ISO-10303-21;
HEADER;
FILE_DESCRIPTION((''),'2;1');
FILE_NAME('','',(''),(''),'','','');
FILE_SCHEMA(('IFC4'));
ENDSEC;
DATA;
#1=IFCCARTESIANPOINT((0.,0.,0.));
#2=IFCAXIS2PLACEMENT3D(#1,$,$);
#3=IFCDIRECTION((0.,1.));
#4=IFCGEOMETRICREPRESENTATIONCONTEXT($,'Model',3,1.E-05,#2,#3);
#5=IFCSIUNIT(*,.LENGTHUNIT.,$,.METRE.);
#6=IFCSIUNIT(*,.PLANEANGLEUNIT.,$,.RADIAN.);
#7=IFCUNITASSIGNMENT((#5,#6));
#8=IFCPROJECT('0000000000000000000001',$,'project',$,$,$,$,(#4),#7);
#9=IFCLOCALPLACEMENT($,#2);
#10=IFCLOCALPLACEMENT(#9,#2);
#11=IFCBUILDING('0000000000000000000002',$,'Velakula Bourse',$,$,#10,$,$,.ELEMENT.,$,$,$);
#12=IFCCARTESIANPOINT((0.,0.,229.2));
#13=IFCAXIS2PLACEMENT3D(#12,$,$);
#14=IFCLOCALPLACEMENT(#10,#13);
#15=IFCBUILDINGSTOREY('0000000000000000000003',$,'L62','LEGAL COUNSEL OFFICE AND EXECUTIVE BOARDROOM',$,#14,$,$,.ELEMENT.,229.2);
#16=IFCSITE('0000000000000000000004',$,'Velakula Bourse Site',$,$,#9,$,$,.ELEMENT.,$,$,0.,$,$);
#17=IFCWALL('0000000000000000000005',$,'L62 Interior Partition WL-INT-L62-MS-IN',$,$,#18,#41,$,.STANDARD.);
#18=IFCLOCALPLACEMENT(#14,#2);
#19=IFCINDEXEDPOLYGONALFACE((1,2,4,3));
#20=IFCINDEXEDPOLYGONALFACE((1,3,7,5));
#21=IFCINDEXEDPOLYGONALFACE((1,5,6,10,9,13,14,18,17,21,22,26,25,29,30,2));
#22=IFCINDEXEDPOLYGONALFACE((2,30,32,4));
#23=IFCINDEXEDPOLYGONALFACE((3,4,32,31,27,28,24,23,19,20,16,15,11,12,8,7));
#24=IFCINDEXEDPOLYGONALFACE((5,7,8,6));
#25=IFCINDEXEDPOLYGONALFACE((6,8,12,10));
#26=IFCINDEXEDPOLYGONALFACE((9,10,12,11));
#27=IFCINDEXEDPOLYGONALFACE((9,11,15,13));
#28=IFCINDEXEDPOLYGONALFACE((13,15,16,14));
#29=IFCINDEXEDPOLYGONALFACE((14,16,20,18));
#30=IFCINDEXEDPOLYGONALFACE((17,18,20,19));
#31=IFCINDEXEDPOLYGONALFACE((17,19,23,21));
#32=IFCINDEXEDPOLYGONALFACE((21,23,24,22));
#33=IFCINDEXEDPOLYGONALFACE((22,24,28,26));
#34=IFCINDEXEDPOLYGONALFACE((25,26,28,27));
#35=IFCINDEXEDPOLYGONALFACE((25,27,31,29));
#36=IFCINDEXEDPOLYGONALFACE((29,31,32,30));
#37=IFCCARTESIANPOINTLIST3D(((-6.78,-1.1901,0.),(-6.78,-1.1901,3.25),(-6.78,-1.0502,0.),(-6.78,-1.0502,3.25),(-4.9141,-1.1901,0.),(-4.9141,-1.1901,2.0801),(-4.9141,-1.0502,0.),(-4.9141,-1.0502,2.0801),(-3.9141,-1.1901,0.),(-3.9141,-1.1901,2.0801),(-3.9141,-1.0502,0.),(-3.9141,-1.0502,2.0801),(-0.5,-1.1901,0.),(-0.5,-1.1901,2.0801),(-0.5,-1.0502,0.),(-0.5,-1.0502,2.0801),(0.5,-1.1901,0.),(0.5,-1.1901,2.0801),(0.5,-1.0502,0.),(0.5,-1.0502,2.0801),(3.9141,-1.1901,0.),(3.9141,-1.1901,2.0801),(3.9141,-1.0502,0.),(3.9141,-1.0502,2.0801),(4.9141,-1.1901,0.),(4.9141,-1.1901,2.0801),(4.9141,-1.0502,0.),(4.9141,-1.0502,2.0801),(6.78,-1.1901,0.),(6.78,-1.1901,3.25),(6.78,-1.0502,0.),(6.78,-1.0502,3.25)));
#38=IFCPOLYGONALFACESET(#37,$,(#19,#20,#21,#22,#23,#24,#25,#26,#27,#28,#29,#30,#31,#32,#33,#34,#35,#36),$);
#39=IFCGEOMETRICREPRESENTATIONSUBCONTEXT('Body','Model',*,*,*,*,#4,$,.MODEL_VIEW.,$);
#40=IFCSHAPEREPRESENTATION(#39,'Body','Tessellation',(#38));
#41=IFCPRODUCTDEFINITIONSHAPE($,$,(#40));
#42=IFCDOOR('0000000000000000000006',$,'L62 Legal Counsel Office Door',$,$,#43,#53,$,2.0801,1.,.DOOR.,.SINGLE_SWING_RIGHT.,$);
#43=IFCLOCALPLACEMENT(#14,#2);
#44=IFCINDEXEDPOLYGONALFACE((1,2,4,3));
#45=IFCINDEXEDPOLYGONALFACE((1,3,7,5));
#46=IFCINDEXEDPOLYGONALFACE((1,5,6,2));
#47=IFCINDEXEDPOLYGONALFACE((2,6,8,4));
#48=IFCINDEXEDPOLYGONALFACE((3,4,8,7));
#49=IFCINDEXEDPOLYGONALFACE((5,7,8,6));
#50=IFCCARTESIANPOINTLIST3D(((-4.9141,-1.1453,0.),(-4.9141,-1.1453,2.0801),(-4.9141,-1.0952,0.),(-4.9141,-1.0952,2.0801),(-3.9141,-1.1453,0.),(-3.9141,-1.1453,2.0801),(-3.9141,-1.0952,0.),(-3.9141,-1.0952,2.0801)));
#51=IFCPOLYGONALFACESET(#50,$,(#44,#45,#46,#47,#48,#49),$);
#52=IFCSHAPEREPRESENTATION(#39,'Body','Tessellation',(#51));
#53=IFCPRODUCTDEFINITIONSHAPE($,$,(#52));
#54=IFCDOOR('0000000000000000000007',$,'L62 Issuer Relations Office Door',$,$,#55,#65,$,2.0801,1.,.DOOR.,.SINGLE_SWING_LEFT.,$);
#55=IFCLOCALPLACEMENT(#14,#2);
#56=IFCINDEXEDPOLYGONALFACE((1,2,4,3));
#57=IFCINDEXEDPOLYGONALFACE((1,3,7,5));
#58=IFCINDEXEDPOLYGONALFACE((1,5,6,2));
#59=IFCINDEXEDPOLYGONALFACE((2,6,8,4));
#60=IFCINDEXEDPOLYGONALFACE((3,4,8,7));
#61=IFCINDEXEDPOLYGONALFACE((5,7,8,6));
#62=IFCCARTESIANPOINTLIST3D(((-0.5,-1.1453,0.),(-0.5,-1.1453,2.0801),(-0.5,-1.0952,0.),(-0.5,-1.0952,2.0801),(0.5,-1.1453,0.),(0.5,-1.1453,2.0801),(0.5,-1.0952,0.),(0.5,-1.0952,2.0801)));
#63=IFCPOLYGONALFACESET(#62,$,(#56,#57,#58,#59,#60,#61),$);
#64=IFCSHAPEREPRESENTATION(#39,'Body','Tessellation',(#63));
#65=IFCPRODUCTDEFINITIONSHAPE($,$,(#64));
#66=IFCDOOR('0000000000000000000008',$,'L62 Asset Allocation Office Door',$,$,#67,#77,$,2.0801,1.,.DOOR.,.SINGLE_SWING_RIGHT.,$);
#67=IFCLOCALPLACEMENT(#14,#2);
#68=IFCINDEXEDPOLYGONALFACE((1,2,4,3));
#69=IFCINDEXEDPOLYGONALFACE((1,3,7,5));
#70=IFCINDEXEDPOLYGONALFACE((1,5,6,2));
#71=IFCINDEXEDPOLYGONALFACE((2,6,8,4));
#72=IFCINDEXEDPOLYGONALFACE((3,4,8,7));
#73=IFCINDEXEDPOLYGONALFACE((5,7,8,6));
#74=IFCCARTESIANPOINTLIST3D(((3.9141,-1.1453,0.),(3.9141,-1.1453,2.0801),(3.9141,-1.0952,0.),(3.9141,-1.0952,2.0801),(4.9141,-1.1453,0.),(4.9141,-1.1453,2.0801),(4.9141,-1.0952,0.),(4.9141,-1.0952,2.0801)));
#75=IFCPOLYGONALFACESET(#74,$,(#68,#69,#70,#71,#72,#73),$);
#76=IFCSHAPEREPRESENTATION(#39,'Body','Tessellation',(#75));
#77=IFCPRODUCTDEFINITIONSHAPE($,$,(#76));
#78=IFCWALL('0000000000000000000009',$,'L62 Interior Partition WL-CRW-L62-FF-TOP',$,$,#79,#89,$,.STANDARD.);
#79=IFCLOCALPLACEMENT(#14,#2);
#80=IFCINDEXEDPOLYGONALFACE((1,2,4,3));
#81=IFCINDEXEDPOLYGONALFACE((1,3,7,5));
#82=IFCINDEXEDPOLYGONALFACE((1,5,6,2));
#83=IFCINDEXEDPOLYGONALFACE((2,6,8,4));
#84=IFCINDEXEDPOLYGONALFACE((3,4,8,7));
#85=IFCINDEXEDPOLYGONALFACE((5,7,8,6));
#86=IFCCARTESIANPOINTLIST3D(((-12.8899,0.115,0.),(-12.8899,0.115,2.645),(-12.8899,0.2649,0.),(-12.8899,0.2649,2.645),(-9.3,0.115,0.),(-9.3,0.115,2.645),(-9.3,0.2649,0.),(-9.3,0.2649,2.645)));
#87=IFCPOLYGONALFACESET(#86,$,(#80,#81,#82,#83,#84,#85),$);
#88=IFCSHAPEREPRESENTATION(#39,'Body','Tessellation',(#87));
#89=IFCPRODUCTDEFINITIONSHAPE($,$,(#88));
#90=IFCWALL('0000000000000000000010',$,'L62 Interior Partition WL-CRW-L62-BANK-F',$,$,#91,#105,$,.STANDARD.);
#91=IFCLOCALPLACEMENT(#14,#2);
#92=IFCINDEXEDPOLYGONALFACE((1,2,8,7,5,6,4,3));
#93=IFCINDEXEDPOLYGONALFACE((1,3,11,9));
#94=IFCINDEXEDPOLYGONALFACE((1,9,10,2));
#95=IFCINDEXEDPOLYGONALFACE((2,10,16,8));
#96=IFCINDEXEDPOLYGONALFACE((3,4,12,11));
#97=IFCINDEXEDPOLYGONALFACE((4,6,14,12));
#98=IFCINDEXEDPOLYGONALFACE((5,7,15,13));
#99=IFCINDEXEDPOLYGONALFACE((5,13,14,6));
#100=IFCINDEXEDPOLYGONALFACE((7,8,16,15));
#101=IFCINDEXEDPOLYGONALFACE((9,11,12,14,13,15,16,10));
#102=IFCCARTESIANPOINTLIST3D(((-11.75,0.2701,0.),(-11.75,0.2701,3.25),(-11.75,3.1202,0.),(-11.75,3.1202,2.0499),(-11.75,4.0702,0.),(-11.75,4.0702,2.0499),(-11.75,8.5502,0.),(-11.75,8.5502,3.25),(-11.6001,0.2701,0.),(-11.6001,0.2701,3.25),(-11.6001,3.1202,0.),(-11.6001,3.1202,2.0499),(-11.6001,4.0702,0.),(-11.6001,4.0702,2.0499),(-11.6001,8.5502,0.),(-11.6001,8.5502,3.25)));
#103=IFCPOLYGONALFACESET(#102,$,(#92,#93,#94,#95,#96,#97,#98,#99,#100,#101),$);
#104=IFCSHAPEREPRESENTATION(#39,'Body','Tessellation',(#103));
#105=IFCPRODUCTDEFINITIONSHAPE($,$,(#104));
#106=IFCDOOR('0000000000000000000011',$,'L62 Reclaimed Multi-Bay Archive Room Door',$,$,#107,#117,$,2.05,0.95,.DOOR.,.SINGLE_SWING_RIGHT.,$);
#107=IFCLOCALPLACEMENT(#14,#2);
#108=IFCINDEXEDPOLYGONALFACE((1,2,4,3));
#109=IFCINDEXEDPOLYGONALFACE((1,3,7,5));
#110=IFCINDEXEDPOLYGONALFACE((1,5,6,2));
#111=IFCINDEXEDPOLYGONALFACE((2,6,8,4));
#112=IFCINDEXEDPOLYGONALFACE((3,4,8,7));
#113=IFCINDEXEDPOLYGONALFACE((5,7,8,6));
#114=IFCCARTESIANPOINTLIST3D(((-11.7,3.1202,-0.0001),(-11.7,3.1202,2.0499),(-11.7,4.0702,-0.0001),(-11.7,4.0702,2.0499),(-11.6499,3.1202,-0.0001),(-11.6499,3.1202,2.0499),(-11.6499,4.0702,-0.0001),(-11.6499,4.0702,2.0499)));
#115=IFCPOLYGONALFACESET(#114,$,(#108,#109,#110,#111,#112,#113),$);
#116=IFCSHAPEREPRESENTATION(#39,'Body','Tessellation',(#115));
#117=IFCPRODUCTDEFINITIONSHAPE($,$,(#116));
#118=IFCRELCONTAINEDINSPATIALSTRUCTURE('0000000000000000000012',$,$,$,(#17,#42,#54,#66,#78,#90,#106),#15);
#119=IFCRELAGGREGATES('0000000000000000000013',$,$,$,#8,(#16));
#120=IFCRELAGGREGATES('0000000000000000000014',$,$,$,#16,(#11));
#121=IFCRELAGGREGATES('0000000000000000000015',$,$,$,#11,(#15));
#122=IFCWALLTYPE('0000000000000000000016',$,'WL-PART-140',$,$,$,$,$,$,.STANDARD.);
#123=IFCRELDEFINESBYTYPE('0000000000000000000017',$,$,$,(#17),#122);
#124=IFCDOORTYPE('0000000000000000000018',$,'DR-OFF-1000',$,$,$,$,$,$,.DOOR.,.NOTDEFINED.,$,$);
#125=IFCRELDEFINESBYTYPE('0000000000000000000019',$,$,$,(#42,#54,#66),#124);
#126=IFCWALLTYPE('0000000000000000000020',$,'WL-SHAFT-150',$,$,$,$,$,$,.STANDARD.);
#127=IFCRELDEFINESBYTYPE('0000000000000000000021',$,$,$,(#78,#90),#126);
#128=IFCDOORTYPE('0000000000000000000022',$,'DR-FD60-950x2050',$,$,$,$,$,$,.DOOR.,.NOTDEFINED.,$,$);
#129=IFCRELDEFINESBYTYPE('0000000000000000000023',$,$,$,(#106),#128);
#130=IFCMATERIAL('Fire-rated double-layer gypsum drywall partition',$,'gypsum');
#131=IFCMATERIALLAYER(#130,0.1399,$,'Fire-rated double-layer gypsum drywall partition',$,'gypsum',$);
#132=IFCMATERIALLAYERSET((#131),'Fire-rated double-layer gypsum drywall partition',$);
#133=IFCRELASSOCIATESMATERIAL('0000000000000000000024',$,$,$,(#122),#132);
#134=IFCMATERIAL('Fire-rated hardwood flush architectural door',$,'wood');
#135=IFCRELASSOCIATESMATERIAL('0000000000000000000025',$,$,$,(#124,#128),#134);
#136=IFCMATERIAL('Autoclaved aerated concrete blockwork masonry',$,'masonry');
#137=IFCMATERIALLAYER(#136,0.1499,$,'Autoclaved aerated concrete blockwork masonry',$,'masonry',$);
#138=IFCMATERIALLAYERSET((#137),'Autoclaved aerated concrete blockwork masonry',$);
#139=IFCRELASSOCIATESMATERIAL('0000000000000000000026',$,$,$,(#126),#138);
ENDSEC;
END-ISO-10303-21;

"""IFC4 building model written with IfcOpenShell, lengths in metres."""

from ifc_helpers import new_model, si_unit, direction, frame, frame_2d, origin, place, context, subcontext, project, spatial, rectangle, extrude, material, layer, layer_set, type_object, element, fill, save


model = new_model("IFC4")

# Units and contexts
model_context = context("Model", 3, precision=1e-05, world=origin(), true_north=direction((0.0, 1.0)))
body_context = subcontext(model_context, "Body", "Model", "MODEL_VIEW")
ifc_project = project(units=[si_unit("LENGTHUNIT", "METRE"), si_unit("PLANEANGLEUNIT", "RADIAN")], contexts=[model_context])

# Site, building, storey
site_placement = place(None, origin())
site = spatial("IfcSite", under=ifc_project, at=site_placement, Name="Velakula Bourse Site", CompositionType="ELEMENT", RefElevation=0.0)
building_placement = place(site_placement, origin())
building = spatial("IfcBuilding", under=site, at=building_placement, Name="Velakula Bourse", CompositionType="ELEMENT")
storey_placement = place(building_placement, frame((0.0, 0.0, 229.2)))
storey = spatial("IfcBuildingStorey", under=building, at=storey_placement, Name="L62", Description="LEGAL COUNSEL OFFICE AND EXECUTIVE BOARDROOM", CompositionType="ELEMENT", Elevation=229.2)

# Shared definitions
ifc_material_1 = material(Name="Fire-rated double-layer gypsum drywall partition", Category="gypsum")
ifc_layer_1 = layer(ifc_material_1, 0.1399, Name="Fire-rated double-layer gypsum drywall partition", Category="gypsum")
ifc_layer_set_1 = layer_set([ifc_layer_1], Name="Fire-rated double-layer gypsum drywall partition")
wall_type_1 = type_object("IfcWallType", Name="WL-PART-140", PredefinedType="STANDARD", material=ifc_layer_set_1)
ifc_material_2 = material(Name="Fire-rated hardwood flush architectural door", Category="wood")
door_type_1 = type_object("IfcDoorType", Name="DR-OFF-1000", OperationType="NOTDEFINED", PredefinedType="DOOR", material=ifc_material_2)

# Wall, openings, doors
wall_1_placement = place(storey_placement, frame((-6.78, -1.1201, 0.0), z_axis=(0.0, 0.0, 1.0), x_axis=(1.0, 0.0, 0.0)))
wall_1 = element("IfcWall", 1, at=wall_1_placement, inside=storey, type_object=wall_type_1, Name="L62 Interior Partition WL-INT-L62-MS-IN", PredefinedType="STANDARD", context=body_context, shape_type="SweptSolid", body=[
    extrude(rectangle(XDim=13.5601, YDim=0.1399, at=frame_2d((6.78, 0.0))), origin(), (0.0, 0.0, 1.0), 3.25),
])
opening_1_placement = place(wall_1_placement, frame((1.866, 0.0, 0.0)))
opening_1 = element("IfcOpeningElement", 2, at=opening_1_placement, cuts=wall_1, PredefinedType="OPENING", context=body_context, shape_type="SweptSolid", body=[
    extrude(rectangle(XDim=1.0, YDim=2.0801, at=frame_2d((0.5, 1.04))), frame((0.0, 0.0798, 0.0), z_axis=(0.0, -1.0, 0.0), x_axis=(1.0, 0.0, 0.0)), (0.0, 0.0, 1.0), 0.1599),
])
opening_2_placement = place(wall_1_placement, frame((6.28, 0.0, 0.0)))
opening_2 = element("IfcOpeningElement", 3, at=opening_2_placement, cuts=wall_1, PredefinedType="OPENING", context=body_context, shape_type="SweptSolid", body=[
    extrude(rectangle(XDim=1.0, YDim=2.0801, at=frame_2d((0.5, 1.04))), frame((0.0, 0.0798, 0.0), z_axis=(0.0, -1.0, 0.0), x_axis=(1.0, 0.0, 0.0)), (0.0, 0.0, 1.0), 0.1599),
])
opening_3_placement = place(wall_1_placement, frame((10.6941, 0.0, 0.0)))
opening_3 = element("IfcOpeningElement", 4, at=opening_3_placement, cuts=wall_1, PredefinedType="OPENING", context=body_context, shape_type="SweptSolid", body=[
    extrude(rectangle(XDim=1.0, YDim=2.0801, at=frame_2d((0.5, 1.04))), frame((0.0, 0.0798, 0.0), z_axis=(0.0, -1.0, 0.0), x_axis=(1.0, 0.0, 0.0)), (0.0, 0.0, 1.0), 0.1599),
])
door_1_placement = place(opening_1_placement, origin())
door_1 = element("IfcDoor", 5, at=door_1_placement, inside=storey, type_object=door_type_1, Name="L62 Legal Counsel Office Door", OperationType="SINGLE_SWING_RIGHT", OverallHeight=2.0801, OverallWidth=1.0, PredefinedType="DOOR", context=body_context, shape_type="SweptSolid", body=[
    extrude(rectangle(XDim=1.0, YDim=2.0801, at=frame_2d((0.5, 1.04))), frame((0.0, 0.0249, 0.0), z_axis=(0.0, -1.0, 0.0), x_axis=(1.0, 0.0, 0.0)), (0.0, 0.0, 1.0), 0.05),
])
fill(opening_1, door_1)
door_2_placement = place(opening_2_placement, origin())
door_2 = element("IfcDoor", 6, at=door_2_placement, inside=storey, type_object=door_type_1, Name="L62 Issuer Relations Office Door", OperationType="SINGLE_SWING_LEFT", OverallHeight=2.0801, OverallWidth=1.0, PredefinedType="DOOR", context=body_context, shape_type="SweptSolid", body=[
    extrude(rectangle(XDim=1.0, YDim=2.0801, at=frame_2d((0.5, 1.04))), frame((0.0, 0.0249, 0.0), z_axis=(0.0, -1.0, 0.0), x_axis=(1.0, 0.0, 0.0)), (0.0, 0.0, 1.0), 0.05),
])
fill(opening_2, door_2)
door_3_placement = place(opening_3_placement, origin())
door_3 = element("IfcDoor", 7, at=door_3_placement, inside=storey, type_object=door_type_1, Name="L62 Asset Allocation Office Door", OperationType="SINGLE_SWING_RIGHT", OverallHeight=2.0801, OverallWidth=1.0, PredefinedType="DOOR", context=body_context, shape_type="SweptSolid", body=[
    extrude(rectangle(XDim=1.0, YDim=2.0801, at=frame_2d((0.5, 1.04))), frame((0.0, 0.0249, 0.0), z_axis=(0.0, -1.0, 0.0), x_axis=(1.0, 0.0, 0.0)), (0.0, 0.0, 1.0), 0.05),
])
fill(opening_3, door_3)

# Wall
ifc_material_3 = material(Name="Autoclaved aerated concrete blockwork masonry", Category="masonry")
ifc_layer_2 = layer(ifc_material_3, 0.1499, Name="Autoclaved aerated concrete blockwork masonry", Category="masonry")
ifc_layer_set_2 = layer_set([ifc_layer_2], Name="Autoclaved aerated concrete blockwork masonry")
wall_type_2 = type_object("IfcWallType", Name="WL-SHAFT-150", PredefinedType="STANDARD", material=ifc_layer_set_2)
wall_2_placement = place(storey_placement, frame((-12.8899, 0.1899, 0.0), z_axis=(0.0, 0.0, 1.0), x_axis=(1.0, 0.0, 0.0)))
element("IfcWall", 8, at=wall_2_placement, inside=storey, type_object=wall_type_2, Name="L62 Interior Partition WL-CRW-L62-FF-TOP", PredefinedType="STANDARD", context=body_context, shape_type="SweptSolid", body=[
    extrude(rectangle(XDim=3.5898, YDim=0.1499, at=frame_2d((1.7949, 0.0))), origin(), (0.0, 0.0, 1.0), 2.645),
])

# Wall, opening, door
wall_3_placement = place(storey_placement, frame((-11.675, 0.27, 0.0), z_axis=(0.0, 0.0, 1.0), x_axis=(0.0, 1.0, 0.0)))
wall_3 = element("IfcWall", 9, at=wall_3_placement, inside=storey, type_object=wall_type_2, Name="L62 Interior Partition WL-CRW-L62-BANK-F", PredefinedType="STANDARD", context=body_context, shape_type="SweptSolid", body=[
    extrude(rectangle(XDim=8.28, YDim=0.1499, at=frame_2d((4.1401, 0.0))), origin(), (0.0, 0.0, 1.0), 3.25),
])
opening_4_placement = place(wall_3_placement, frame((2.8501, 0.0, 0.0)))
opening_4 = element("IfcOpeningElement", 10, at=opening_4_placement, cuts=wall_3, PredefinedType="OPENING", context=body_context, shape_type="SweptSolid", body=[
    extrude(rectangle(XDim=0.95, YDim=2.05, at=frame_2d((0.4751, 1.0249))), frame((0.0, 0.085, 0.0), z_axis=(0.0, -1.0, 0.0), x_axis=(1.0, 0.0, 0.0)), (0.0, 0.0, 1.0), 0.1699),
])
door_type_2 = type_object("IfcDoorType", Name="DR-FD60-950x2050", OperationType="NOTDEFINED", PredefinedType="DOOR", material=ifc_material_2)
door_4_placement = place(opening_4_placement, origin())
door_4 = element("IfcDoor", 11, at=door_4_placement, inside=storey, type_object=door_type_2, Name="L62 Reclaimed Multi-Bay Archive Room Door", OperationType="SINGLE_SWING_RIGHT", OverallHeight=2.05, OverallWidth=0.95, PredefinedType="DOOR", context=body_context, shape_type="SweptSolid", body=[
    extrude(rectangle(XDim=0.95, YDim=2.05, at=frame_2d((0.4751, 1.0249))), frame((0.0, 0.0249, 0.0), z_axis=(0.0, -1.0, 0.0), x_axis=(1.0, 0.0, 0.0)), (0.0, 0.0, 1.0), 0.05),
])
fill(opening_4, door_4)

save(model, "model.ifc")
